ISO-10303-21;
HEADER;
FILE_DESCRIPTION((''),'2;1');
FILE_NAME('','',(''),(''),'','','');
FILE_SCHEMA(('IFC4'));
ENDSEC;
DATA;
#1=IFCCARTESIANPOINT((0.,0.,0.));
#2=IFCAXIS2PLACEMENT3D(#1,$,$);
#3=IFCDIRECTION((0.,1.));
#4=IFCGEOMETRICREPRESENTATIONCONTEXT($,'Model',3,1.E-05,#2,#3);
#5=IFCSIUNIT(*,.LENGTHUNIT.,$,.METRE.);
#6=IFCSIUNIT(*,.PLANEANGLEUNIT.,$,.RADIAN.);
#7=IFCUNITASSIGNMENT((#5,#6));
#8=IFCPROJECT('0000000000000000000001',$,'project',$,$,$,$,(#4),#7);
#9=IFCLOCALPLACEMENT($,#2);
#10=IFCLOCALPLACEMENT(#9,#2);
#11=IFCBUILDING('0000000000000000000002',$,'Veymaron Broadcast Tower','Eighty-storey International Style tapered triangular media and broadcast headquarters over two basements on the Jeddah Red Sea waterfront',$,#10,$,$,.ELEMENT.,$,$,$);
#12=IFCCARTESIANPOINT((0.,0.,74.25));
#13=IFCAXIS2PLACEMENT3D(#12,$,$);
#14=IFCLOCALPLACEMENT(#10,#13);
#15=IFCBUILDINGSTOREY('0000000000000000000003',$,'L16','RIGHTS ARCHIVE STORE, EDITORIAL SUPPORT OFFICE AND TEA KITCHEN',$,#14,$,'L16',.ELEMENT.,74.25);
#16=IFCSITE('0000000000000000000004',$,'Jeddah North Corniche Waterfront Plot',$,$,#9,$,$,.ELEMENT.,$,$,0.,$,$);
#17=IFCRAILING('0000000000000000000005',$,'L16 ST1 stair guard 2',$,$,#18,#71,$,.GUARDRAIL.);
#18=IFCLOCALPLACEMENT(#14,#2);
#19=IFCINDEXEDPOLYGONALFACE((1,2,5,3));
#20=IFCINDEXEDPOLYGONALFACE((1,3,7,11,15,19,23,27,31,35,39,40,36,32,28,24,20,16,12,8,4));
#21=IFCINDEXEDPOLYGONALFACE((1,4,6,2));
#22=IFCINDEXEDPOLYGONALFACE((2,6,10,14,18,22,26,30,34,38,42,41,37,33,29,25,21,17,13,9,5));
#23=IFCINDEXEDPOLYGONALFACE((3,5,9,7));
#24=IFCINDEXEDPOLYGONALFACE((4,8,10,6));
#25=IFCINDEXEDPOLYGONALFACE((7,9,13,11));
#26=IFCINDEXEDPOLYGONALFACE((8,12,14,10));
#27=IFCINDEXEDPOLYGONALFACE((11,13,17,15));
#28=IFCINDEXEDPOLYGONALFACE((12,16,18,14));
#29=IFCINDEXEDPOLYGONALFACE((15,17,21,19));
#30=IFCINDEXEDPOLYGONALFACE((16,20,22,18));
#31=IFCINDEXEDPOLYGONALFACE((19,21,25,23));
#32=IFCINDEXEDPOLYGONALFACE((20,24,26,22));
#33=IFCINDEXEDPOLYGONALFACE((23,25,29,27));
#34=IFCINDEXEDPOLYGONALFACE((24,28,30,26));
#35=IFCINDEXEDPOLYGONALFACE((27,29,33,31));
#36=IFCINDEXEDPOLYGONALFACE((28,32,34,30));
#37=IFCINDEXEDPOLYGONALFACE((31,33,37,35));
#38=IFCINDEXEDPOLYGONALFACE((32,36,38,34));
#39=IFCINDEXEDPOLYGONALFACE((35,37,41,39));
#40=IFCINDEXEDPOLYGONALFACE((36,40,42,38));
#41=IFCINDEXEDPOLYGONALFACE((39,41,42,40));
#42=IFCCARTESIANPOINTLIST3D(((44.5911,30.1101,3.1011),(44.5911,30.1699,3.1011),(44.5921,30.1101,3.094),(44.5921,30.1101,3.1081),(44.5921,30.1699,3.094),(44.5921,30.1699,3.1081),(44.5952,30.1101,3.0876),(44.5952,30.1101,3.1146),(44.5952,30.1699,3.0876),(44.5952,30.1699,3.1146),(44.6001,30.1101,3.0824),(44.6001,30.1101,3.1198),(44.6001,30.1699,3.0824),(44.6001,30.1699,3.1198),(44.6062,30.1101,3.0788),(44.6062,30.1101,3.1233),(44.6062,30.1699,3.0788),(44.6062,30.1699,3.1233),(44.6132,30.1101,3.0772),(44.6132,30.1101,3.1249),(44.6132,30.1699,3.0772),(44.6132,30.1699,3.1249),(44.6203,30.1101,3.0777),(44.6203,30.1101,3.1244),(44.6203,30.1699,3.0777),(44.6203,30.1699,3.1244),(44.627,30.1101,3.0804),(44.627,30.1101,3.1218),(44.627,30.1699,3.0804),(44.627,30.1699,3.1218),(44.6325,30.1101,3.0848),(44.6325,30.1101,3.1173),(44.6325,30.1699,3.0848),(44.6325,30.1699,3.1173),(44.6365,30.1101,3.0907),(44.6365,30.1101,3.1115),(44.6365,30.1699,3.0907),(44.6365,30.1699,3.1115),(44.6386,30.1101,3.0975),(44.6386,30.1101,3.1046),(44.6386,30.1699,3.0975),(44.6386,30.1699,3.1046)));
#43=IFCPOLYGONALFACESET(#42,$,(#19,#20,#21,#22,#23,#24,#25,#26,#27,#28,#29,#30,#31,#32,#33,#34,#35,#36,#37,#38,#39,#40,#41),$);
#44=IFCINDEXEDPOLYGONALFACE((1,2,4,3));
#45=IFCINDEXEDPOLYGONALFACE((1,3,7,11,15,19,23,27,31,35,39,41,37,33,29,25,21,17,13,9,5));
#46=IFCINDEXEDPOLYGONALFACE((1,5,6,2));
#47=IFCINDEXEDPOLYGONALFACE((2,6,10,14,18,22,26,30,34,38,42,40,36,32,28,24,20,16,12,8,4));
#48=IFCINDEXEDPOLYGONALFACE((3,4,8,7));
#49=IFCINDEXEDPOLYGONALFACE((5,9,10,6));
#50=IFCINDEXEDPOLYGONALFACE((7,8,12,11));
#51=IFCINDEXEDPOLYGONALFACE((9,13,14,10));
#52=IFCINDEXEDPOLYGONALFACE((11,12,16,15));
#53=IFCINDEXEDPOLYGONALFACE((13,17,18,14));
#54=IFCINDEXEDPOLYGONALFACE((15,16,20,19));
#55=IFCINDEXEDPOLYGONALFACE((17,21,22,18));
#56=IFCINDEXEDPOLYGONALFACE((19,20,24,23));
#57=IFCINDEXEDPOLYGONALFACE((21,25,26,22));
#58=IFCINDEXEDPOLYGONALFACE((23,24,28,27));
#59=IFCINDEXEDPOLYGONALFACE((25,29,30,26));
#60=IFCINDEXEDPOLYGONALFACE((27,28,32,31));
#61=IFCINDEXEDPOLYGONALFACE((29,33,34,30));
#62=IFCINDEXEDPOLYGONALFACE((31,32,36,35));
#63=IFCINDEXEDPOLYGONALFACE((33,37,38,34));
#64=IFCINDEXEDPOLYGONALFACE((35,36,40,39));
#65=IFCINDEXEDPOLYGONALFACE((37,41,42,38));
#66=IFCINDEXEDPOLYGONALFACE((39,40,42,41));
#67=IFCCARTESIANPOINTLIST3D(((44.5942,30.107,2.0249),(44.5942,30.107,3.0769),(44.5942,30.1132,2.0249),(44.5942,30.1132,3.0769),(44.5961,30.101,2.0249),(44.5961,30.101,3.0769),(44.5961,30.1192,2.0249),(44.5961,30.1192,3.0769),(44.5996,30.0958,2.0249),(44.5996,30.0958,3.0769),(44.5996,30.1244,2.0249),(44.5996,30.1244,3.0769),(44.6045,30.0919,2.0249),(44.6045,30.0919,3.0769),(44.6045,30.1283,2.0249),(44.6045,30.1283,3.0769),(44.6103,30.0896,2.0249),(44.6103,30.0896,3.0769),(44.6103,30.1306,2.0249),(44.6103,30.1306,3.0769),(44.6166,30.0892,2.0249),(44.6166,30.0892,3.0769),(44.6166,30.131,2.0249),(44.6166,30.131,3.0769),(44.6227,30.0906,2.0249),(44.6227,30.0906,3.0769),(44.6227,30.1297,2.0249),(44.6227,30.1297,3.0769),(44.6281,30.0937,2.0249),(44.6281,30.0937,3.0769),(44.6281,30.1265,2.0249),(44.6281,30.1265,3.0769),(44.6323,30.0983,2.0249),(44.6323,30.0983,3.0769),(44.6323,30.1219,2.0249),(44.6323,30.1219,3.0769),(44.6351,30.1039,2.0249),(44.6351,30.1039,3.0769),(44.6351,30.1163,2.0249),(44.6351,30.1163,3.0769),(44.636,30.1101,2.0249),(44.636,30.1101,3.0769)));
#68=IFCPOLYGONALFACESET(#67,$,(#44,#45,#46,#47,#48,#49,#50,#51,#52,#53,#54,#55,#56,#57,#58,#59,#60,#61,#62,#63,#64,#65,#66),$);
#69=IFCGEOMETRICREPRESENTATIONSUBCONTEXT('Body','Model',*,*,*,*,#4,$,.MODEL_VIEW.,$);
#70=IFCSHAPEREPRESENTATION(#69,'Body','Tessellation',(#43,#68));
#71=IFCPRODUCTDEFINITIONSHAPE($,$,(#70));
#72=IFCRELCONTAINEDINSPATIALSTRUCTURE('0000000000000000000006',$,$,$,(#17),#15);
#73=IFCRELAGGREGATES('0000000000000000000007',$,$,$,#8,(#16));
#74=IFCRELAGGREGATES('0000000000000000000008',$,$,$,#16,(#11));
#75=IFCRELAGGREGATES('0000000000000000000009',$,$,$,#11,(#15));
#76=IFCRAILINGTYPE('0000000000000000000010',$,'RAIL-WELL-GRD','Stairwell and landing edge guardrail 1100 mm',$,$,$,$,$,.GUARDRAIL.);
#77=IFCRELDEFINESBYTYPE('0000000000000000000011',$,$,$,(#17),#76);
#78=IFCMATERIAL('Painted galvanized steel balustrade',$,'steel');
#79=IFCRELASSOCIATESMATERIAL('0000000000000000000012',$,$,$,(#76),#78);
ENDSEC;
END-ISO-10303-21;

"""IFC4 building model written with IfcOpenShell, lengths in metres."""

from ifc_helpers import new_model, si_unit, direction, frame, origin, origin_2d, place, context, subcontext, project, spatial, circle, extrude, material, type_object, element, save


model = new_model("IFC4")

# Units and contexts
model_context = context("Model", 3, precision=1e-05, world=origin(), true_north=direction((0.0, 1.0)))
body_context = subcontext(model_context, "Body", "Model", "MODEL_VIEW")
ifc_project = project(units=[si_unit("LENGTHUNIT", "METRE"), si_unit("PLANEANGLEUNIT", "RADIAN")], contexts=[model_context])

# Site, building, storey
site_placement = place(None, origin())
site = spatial("IfcSite", under=ifc_project, at=site_placement, Name="Jeddah North Corniche Waterfront Plot", CompositionType="ELEMENT", RefElevation=0.0)
building_placement = place(site_placement, origin())
building = spatial("IfcBuilding", under=site, at=building_placement, Name="Veymaron Broadcast Tower", Description="Eighty-storey International Style tapered triangular media and broadcast headquarters over two basements on the Jeddah Red Sea waterfront", CompositionType="ELEMENT")
storey_placement = place(building_placement, frame((0.0, 0.0, 74.25)))
storey = spatial("IfcBuildingStorey", under=building, at=storey_placement, Name="L16", Description="RIGHTS ARCHIVE STORE, EDITORIAL SUPPORT OFFICE AND TEA KITCHEN", LongName="L16", CompositionType="ELEMENT", Elevation=74.25)

# Railing
ifc_material_1 = material(Name="Painted galvanized steel balustrade", Category="steel")
railing_type_1 = type_object("IfcRailingType", Name="RAIL-WELL-GRD", Description="Stairwell and landing edge guardrail 1100 mm", PredefinedType="GUARDRAIL", material=ifc_material_1)
railing_1_placement = place(storey_placement, frame((44.615, 30.1101, 2.0249)))
element("IfcRailing", 1, at=railing_1_placement, inside=storey, type_object=railing_type_1, Name="L16 ST1 stair guard 2", PredefinedType="GUARDRAIL", context=body_context, shape_type="SweptSolid", body=[
    extrude(circle(Radius=0.0239, at=origin_2d()), frame((0.0, 0.0, 1.0762), z_axis=(0.0, 1.0, 0.0), x_axis=(-1.0, 0.0, 0.0)), (0.0, 0.0, 1.0), 0.0598),
    extrude(circle(Radius=0.021, at=origin_2d()), origin(), (0.0, 0.0, 1.0), 1.052),
])

save(model, "model.ifc")
